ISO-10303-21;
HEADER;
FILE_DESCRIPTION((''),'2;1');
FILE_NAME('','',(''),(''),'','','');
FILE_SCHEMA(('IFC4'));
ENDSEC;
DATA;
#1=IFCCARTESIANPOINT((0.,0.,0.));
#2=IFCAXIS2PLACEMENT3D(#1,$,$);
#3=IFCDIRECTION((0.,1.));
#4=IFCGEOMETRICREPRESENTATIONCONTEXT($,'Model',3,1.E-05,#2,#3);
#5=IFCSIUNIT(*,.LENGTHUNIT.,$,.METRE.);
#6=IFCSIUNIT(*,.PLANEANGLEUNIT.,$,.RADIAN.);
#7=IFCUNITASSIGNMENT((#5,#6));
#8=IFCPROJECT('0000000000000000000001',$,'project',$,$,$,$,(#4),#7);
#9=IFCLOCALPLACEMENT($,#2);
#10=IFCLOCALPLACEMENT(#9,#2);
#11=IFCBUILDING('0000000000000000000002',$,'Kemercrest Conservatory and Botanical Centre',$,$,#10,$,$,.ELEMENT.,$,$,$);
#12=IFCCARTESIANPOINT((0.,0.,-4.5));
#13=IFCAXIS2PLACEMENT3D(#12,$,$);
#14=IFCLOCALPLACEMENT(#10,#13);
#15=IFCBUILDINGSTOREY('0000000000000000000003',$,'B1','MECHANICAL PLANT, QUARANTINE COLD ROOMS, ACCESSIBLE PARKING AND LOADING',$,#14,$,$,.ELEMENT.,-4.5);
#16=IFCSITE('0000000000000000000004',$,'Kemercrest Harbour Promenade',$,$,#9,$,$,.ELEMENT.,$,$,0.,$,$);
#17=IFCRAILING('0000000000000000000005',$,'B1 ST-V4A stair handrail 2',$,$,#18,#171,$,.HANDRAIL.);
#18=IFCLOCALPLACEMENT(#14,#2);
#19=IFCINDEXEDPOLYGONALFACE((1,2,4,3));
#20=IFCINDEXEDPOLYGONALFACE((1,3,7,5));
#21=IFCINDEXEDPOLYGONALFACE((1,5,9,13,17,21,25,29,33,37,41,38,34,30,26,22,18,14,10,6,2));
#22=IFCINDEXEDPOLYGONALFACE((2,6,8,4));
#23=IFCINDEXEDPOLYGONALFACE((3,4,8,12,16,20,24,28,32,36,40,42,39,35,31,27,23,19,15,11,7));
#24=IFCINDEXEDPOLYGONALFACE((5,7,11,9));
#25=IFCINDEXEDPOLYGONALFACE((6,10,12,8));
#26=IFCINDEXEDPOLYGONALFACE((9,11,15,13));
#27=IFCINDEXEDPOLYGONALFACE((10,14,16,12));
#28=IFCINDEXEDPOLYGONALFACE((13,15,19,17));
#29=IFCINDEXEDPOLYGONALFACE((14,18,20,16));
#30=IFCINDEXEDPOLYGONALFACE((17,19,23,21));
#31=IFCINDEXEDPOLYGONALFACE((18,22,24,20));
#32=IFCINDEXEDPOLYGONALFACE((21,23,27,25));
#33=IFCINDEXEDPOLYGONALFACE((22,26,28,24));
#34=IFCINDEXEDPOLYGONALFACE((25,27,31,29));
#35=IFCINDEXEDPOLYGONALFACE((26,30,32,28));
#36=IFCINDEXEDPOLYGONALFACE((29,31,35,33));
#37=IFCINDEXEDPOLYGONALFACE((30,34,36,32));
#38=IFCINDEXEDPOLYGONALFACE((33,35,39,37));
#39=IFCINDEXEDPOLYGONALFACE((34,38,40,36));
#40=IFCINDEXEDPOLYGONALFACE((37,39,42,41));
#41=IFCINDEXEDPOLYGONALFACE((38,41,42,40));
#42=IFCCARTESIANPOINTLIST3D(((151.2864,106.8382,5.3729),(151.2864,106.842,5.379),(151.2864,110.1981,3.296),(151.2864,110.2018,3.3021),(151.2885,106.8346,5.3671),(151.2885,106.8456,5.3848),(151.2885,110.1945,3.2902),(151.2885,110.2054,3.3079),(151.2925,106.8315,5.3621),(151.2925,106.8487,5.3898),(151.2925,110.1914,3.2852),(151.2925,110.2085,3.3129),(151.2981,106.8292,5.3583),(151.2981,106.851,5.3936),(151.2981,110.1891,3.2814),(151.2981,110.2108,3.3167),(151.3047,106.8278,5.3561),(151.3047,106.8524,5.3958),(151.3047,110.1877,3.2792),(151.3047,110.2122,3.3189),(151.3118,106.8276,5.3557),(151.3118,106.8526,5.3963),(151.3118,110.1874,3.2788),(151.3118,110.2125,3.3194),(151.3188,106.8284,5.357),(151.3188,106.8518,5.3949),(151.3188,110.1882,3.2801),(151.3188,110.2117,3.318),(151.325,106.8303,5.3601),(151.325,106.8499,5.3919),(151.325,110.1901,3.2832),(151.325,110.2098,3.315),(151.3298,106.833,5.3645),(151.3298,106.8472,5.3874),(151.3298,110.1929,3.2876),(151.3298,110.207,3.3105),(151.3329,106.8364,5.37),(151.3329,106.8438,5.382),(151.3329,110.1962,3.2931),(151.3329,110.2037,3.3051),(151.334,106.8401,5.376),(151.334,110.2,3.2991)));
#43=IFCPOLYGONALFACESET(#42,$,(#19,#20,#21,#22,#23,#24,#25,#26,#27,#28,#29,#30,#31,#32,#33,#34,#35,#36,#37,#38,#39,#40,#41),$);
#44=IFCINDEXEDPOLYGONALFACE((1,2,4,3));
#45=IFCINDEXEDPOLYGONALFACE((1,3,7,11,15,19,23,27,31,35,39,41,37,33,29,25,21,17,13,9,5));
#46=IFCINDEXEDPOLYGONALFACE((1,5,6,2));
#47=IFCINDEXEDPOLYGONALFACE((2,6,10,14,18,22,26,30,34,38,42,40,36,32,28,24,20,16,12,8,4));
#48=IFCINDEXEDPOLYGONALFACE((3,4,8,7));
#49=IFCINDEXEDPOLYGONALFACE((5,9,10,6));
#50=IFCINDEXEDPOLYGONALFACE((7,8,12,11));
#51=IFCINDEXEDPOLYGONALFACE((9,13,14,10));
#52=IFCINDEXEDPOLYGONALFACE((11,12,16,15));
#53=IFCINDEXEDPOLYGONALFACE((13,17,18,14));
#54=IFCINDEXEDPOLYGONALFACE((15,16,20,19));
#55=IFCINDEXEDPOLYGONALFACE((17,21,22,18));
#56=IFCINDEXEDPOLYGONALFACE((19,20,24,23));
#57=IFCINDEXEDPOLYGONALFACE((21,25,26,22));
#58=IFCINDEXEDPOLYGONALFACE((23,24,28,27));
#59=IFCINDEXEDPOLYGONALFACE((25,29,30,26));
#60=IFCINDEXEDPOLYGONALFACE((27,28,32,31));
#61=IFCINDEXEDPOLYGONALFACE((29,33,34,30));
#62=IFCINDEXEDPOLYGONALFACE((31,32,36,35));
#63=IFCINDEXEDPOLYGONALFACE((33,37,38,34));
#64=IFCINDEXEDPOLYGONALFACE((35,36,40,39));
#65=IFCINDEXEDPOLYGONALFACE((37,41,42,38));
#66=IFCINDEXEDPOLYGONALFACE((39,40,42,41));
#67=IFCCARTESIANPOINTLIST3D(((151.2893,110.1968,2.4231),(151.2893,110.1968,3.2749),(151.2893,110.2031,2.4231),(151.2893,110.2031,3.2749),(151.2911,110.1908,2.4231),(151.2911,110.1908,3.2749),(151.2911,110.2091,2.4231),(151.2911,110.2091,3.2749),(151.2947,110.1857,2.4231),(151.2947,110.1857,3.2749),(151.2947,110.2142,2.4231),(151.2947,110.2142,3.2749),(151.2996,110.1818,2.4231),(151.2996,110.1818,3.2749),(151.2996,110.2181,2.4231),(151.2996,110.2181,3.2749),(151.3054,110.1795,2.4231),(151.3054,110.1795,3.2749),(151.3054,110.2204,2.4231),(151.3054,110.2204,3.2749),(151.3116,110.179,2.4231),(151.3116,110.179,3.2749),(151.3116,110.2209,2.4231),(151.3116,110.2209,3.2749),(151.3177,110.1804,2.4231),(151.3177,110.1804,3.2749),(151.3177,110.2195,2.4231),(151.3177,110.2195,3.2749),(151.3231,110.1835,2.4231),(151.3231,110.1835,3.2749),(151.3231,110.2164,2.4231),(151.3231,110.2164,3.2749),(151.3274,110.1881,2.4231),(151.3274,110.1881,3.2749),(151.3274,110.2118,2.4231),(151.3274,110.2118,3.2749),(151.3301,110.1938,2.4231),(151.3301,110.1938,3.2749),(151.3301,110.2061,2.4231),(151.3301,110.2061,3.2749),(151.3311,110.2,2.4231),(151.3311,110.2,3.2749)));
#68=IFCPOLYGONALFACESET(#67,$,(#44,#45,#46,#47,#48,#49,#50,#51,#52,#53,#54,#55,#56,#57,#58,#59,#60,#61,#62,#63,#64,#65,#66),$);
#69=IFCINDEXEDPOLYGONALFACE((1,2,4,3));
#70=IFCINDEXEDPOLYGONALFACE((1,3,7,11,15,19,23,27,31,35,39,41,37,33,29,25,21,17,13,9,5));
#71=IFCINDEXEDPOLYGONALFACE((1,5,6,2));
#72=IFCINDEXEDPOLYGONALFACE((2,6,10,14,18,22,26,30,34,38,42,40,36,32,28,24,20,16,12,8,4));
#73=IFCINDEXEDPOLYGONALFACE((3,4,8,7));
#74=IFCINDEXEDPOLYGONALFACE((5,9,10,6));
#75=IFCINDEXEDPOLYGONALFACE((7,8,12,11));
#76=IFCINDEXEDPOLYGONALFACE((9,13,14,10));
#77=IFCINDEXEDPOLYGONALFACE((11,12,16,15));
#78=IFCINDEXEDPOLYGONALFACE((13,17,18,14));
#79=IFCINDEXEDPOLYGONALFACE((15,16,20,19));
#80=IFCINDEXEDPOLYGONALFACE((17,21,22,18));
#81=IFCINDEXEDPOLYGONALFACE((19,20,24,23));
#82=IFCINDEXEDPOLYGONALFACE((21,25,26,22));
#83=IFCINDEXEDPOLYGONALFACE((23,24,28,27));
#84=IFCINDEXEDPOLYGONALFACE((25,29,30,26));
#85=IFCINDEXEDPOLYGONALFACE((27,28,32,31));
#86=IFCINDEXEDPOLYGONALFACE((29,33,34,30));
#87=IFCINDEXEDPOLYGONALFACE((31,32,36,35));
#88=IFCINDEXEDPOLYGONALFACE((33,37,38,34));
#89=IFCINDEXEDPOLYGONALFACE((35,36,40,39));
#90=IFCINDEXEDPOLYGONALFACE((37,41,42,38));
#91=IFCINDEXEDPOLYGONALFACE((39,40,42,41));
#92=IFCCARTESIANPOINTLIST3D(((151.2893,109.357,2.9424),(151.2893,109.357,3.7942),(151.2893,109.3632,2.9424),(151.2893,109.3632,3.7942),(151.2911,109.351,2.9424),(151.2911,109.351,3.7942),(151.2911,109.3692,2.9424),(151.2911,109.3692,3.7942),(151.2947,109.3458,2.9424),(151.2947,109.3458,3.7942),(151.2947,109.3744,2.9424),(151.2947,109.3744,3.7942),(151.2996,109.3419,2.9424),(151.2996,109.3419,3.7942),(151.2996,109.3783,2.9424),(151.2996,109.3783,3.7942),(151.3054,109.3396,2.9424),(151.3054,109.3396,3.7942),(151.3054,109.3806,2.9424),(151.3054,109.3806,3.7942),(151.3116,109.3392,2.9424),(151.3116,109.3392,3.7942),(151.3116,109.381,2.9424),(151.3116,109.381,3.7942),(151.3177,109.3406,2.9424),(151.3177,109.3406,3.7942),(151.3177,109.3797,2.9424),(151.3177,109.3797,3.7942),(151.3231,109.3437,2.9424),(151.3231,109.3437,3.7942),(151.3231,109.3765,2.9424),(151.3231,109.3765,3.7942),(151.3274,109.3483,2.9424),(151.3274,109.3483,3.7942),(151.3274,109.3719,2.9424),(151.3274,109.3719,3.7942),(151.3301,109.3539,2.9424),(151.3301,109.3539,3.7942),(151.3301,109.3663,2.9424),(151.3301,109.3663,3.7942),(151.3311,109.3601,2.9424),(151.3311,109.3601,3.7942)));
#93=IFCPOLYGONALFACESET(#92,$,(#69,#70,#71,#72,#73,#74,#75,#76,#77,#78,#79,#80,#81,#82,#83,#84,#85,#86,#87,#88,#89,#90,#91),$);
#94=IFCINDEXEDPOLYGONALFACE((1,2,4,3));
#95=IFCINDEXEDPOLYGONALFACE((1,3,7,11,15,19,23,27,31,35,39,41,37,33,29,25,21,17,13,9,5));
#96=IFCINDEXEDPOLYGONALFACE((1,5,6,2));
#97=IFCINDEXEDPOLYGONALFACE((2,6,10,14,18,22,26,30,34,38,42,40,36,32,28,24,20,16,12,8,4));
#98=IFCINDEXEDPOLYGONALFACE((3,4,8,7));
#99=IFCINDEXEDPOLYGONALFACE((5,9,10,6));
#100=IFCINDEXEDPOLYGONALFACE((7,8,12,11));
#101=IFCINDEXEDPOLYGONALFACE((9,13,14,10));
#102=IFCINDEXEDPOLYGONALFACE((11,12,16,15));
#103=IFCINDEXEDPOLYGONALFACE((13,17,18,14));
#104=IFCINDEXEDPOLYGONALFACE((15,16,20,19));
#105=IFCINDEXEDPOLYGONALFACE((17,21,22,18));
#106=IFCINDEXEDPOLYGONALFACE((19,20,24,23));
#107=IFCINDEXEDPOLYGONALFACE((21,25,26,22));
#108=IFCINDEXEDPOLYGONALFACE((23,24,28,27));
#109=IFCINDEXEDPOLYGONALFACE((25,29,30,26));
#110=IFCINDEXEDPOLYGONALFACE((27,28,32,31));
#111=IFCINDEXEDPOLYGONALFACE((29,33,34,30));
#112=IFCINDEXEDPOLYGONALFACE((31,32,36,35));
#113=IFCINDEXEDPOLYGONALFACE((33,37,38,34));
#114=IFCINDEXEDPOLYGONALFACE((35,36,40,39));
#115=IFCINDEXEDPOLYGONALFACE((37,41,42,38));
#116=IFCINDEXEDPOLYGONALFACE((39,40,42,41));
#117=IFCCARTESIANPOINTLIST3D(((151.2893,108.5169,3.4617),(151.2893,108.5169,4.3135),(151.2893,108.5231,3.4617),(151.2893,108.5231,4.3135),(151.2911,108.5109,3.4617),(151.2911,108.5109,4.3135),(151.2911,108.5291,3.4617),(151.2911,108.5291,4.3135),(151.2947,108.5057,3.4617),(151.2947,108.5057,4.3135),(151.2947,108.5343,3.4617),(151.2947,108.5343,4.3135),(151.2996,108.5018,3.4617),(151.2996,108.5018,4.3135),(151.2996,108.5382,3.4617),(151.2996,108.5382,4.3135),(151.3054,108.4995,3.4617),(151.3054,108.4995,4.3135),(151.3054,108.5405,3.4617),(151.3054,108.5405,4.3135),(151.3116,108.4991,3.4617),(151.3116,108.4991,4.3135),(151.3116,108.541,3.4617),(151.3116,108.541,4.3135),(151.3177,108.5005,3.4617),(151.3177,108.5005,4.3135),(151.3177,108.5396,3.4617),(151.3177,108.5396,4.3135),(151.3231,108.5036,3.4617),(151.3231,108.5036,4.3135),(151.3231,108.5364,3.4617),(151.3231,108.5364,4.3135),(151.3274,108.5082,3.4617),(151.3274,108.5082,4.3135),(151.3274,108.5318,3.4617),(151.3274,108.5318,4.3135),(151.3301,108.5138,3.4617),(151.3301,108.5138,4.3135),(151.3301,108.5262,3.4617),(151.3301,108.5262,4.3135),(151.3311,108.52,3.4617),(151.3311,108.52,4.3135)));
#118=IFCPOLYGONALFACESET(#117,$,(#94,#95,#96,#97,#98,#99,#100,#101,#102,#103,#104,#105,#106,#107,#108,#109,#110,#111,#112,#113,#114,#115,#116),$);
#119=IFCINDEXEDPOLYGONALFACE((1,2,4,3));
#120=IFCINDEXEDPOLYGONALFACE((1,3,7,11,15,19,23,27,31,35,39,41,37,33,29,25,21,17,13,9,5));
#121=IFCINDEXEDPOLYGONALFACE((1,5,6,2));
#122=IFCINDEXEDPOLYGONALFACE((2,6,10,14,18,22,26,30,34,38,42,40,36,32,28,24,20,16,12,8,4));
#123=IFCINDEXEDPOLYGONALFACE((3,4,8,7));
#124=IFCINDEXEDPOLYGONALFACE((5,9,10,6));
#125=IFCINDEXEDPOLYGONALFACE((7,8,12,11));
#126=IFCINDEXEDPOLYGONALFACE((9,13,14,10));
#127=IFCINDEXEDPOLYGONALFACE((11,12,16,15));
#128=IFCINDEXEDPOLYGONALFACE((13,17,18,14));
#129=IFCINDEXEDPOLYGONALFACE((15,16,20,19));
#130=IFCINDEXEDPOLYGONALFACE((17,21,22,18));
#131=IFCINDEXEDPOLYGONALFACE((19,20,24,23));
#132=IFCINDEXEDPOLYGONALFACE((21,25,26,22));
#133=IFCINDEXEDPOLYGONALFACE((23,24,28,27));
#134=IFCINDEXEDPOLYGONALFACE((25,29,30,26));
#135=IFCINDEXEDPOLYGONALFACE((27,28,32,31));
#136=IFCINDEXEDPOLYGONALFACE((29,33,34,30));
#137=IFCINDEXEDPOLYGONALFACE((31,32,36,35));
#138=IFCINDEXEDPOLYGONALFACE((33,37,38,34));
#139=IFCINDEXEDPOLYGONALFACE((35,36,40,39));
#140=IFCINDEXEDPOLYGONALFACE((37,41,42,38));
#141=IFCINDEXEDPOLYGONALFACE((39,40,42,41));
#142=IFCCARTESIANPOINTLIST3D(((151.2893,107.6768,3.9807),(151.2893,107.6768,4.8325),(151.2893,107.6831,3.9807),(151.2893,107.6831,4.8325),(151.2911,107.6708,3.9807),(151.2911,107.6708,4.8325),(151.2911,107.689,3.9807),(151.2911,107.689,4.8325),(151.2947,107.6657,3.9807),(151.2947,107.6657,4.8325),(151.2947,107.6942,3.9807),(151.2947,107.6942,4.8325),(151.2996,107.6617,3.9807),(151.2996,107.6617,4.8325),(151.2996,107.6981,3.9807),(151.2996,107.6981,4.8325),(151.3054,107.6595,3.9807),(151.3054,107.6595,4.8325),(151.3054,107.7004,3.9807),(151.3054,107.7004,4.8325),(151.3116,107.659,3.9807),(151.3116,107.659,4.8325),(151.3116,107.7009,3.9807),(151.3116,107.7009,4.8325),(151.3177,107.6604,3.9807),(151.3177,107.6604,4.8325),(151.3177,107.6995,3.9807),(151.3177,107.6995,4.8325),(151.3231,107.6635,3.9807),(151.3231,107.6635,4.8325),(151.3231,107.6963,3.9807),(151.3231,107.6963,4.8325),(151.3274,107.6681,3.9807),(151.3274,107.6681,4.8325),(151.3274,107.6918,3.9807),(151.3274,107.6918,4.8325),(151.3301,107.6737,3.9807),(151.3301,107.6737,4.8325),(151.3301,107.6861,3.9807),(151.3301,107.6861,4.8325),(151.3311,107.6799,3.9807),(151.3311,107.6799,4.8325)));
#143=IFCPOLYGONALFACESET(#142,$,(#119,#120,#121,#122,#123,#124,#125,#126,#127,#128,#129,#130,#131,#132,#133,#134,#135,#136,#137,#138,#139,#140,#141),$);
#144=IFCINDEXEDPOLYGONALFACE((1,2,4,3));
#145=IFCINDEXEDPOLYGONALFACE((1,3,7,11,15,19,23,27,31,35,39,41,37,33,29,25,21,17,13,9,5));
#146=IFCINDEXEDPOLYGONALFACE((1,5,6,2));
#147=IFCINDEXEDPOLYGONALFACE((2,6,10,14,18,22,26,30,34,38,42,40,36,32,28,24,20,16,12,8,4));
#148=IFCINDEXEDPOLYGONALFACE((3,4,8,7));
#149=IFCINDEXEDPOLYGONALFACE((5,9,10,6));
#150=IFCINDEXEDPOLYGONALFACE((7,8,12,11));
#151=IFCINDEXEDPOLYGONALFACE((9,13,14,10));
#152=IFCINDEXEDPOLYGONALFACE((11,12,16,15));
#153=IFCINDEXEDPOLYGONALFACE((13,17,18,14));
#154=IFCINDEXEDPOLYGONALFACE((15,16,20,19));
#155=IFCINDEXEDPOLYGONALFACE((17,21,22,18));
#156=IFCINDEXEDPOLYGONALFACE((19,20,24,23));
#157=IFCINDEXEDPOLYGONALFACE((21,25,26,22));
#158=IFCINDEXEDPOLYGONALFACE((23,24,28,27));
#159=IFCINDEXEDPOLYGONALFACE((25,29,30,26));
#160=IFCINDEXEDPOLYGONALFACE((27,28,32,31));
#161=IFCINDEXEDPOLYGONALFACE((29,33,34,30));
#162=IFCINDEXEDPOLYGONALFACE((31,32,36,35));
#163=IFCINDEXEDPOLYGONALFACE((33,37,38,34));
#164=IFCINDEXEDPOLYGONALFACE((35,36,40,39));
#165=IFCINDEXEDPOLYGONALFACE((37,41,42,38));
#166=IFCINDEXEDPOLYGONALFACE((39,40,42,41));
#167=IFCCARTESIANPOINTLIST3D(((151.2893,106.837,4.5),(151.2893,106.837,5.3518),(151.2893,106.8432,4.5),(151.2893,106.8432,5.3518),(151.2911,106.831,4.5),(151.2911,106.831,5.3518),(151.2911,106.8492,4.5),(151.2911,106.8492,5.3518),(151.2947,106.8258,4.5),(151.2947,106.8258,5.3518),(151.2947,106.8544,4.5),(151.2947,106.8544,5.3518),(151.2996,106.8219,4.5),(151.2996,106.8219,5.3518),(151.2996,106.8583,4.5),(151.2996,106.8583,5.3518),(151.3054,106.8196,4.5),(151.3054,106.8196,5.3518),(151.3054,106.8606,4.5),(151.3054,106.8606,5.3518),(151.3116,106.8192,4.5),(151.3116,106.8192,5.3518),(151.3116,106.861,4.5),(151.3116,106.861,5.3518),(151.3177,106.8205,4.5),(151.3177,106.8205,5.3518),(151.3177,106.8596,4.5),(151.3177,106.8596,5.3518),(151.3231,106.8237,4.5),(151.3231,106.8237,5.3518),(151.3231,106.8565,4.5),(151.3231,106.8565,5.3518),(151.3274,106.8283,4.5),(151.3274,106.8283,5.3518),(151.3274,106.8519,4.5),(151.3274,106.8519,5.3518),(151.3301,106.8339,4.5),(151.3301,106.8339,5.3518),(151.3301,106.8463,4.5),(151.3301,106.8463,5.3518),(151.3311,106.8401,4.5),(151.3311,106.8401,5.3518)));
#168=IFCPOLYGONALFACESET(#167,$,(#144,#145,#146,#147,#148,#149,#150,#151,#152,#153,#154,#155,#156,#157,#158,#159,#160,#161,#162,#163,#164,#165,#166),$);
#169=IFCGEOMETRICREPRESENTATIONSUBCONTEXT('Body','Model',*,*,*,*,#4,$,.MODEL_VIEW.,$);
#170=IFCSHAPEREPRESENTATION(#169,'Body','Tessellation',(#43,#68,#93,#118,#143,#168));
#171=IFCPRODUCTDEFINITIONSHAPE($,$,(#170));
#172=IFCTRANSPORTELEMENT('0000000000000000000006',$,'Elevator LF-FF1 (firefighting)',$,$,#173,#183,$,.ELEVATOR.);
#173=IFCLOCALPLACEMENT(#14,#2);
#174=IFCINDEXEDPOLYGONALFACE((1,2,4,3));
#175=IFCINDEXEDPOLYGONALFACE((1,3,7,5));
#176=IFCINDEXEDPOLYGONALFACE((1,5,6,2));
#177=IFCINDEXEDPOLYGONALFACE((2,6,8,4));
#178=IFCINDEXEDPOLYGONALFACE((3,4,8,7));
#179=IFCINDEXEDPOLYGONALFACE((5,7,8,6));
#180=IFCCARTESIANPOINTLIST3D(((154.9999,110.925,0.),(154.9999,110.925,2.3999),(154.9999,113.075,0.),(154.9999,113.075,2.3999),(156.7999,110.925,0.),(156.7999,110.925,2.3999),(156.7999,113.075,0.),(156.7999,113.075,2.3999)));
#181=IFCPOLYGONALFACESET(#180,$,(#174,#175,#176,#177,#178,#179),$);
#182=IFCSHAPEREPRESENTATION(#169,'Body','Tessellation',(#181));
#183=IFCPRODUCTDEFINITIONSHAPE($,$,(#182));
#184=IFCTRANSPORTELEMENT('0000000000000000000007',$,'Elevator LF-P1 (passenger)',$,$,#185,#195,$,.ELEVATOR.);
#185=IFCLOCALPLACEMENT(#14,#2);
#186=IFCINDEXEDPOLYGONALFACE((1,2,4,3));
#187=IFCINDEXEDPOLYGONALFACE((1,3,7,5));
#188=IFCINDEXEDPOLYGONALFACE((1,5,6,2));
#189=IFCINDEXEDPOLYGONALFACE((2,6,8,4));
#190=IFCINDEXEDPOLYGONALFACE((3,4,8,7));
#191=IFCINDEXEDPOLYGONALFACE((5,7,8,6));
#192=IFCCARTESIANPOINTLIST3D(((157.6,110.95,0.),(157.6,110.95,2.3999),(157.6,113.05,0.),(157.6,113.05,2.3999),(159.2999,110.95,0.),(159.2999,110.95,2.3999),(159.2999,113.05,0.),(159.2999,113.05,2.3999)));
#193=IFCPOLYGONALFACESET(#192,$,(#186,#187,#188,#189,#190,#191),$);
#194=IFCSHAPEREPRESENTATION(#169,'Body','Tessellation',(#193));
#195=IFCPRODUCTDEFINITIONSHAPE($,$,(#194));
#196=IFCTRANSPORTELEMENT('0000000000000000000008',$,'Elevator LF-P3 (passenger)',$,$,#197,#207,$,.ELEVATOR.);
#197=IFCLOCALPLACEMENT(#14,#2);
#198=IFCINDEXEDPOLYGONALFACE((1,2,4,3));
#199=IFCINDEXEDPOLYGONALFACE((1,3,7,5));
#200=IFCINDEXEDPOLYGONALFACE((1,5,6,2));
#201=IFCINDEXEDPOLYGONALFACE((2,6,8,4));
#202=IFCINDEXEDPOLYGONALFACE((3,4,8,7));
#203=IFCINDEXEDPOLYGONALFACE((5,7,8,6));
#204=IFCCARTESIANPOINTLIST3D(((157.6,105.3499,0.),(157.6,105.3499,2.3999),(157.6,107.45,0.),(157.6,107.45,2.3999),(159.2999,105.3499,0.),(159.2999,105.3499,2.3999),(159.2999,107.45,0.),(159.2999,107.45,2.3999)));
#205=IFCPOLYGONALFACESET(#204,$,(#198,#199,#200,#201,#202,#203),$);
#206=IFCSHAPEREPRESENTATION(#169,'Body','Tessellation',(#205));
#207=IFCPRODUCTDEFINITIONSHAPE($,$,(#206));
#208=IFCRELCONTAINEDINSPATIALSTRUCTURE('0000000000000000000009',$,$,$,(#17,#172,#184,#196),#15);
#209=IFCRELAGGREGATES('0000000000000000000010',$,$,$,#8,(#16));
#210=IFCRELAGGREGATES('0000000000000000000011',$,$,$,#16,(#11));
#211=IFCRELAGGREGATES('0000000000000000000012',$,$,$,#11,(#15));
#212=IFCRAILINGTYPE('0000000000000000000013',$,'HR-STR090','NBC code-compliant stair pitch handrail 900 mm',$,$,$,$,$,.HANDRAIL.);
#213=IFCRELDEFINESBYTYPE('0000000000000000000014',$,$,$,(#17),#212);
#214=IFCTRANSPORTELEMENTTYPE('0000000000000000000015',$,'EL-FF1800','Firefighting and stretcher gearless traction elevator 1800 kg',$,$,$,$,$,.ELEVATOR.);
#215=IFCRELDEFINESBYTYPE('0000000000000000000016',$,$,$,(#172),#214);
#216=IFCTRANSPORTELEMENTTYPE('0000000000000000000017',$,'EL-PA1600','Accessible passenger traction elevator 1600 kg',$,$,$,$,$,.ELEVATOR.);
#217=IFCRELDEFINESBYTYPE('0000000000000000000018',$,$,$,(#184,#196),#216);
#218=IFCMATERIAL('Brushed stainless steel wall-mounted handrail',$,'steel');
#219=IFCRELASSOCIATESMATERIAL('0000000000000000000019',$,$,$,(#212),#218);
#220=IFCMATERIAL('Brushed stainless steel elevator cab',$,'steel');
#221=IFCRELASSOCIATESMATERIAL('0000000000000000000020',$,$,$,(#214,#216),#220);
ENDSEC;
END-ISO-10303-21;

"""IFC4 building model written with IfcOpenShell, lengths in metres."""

from ifc_helpers import new_model, si_unit, direction, frame, origin, origin_2d, place, context, subcontext, project, spatial, rectangle, circle, extrude, material, type_object, element, save


model = new_model("IFC4")

# Units and contexts
model_context = context("Model", 3, precision=1e-05, world=origin(), true_north=direction((0.0, 1.0)))
body_context = subcontext(model_context, "Body", "Model", "MODEL_VIEW")
ifc_project = project(units=[si_unit("LENGTHUNIT", "METRE"), si_unit("PLANEANGLEUNIT", "RADIAN")], contexts=[model_context])

# Site, building, storey
site_placement = place(None, origin())
site = spatial("IfcSite", under=ifc_project, at=site_placement, Name="Kemercrest Harbour Promenade", CompositionType="ELEMENT", RefElevation=0.0)
building_placement = place(site_placement, origin())
building = spatial("IfcBuilding", under=site, at=building_placement, Name="Kemercrest Conservatory and Botanical Centre", CompositionType="ELEMENT")
storey_placement = place(building_placement, frame((0.0, 0.0, -4.5)))
storey = spatial("IfcBuildingStorey", under=building, at=storey_placement, Name="B1", Description="MECHANICAL PLANT, QUARANTINE COLD ROOMS, ACCESSIBLE PARKING AND LOADING", CompositionType="ELEMENT", Elevation=-4.5)

# Railing
ifc_material_1 = material(Name="Brushed stainless steel wall-mounted handrail", Category="steel")
railing_type_1 = type_object("IfcRailingType", Name="HR-STR090", Description="NBC code-compliant stair pitch handrail 900 mm", PredefinedType="HANDRAIL", material=ifc_material_1)
railing_1_placement = place(storey_placement, frame((151.3101, 110.2, 2.4231)))
element("IfcRailing", 1, at=railing_1_placement, inside=storey, type_object=railing_type_1, Name="B1 ST-V4A stair handrail 2", PredefinedType="HANDRAIL", context=body_context, shape_type="SweptSolid", body=[
    extrude(circle(Radius=0.0239, at=origin_2d()), frame((0.0, 0.0, 0.876), z_axis=(0.0, -0.850606, 0.525803), x_axis=(1.0, 0.0, 0.0)), (0.0, 0.0, 1.0), 3.95),
    extrude(circle(Radius=0.021, at=origin_2d()), origin(), (0.0, 0.0, 1.0), 0.8518),
    extrude(circle(Radius=0.021, at=origin_2d()), frame((0.0, -0.8398, 0.5193)), (0.0, 0.0, 1.0), 0.8518),
    extrude(circle(Radius=0.021, at=origin_2d()), frame((0.0, -1.6799, 1.0386)), (0.0, 0.0, 1.0), 0.8518),
    extrude(circle(Radius=0.021, at=origin_2d()), frame((0.0, -2.52, 1.5576)), (0.0, 0.0, 1.0), 0.8518),
    extrude(circle(Radius=0.021, at=origin_2d()), frame((0.0, -3.3599, 2.0769)), (0.0, 0.0, 1.0), 0.8518),
])

# Transport elements
ifc_material_2 = material(Name="Brushed stainless steel elevator cab", Category="steel")
transport_element_type_1 = type_object("IfcTransportElementType", Name="EL-FF1800", Description="Firefighting and stretcher gearless traction elevator 1800 kg", PredefinedType="ELEVATOR", material=ifc_material_2)
transport_element_placement = place(storey_placement, frame((155.8999, 112.0, 0.0), z_axis=(0.0, 0.0, 1.0), x_axis=(1.0, 0.0, 0.0)))
element("IfcTransportElement", 2, at=transport_element_placement, inside=storey, type_object=transport_element_type_1, Name="Elevator LF-FF1 (firefighting)", PredefinedType="ELEVATOR", context=body_context, shape_type="SweptSolid", body=[
    extrude(rectangle(XDim=1.8, YDim=2.1499, at=origin_2d()), origin(), (0.0, 0.0, 1.0), 2.3999),
])
transport_element_type_2 = type_object("IfcTransportElementType", Name="EL-PA1600", Description="Accessible passenger traction elevator 1600 kg", PredefinedType="ELEVATOR", material=ifc_material_2)
for number, where, z_axis, x_axis, name in (
    (3, (158.45, 112.0, 0.0), (0.0, 0.0, 1.0), (1.0, 0.0, 0.0), "Elevator LF-P1 (passenger)"),
    (4, (158.45, 106.3999, 0.0), (0.0, 0.0, 1.0), (1.0, 0.0, 0.0), "Elevator LF-P3 (passenger)"),
):
    element("IfcTransportElement", number, at=place(storey_placement, frame(where, z_axis=z_axis, x_axis=x_axis)), inside=storey, type_object=transport_element_type_2, Name=name, PredefinedType="ELEVATOR", context=body_context, shape_type="SweptSolid", body=[
        extrude(rectangle(XDim=1.7, YDim=2.1001, at=origin_2d()), origin(), (0.0, 0.0, 1.0), 2.3999),
    ])

save(model, "model.ifc")
